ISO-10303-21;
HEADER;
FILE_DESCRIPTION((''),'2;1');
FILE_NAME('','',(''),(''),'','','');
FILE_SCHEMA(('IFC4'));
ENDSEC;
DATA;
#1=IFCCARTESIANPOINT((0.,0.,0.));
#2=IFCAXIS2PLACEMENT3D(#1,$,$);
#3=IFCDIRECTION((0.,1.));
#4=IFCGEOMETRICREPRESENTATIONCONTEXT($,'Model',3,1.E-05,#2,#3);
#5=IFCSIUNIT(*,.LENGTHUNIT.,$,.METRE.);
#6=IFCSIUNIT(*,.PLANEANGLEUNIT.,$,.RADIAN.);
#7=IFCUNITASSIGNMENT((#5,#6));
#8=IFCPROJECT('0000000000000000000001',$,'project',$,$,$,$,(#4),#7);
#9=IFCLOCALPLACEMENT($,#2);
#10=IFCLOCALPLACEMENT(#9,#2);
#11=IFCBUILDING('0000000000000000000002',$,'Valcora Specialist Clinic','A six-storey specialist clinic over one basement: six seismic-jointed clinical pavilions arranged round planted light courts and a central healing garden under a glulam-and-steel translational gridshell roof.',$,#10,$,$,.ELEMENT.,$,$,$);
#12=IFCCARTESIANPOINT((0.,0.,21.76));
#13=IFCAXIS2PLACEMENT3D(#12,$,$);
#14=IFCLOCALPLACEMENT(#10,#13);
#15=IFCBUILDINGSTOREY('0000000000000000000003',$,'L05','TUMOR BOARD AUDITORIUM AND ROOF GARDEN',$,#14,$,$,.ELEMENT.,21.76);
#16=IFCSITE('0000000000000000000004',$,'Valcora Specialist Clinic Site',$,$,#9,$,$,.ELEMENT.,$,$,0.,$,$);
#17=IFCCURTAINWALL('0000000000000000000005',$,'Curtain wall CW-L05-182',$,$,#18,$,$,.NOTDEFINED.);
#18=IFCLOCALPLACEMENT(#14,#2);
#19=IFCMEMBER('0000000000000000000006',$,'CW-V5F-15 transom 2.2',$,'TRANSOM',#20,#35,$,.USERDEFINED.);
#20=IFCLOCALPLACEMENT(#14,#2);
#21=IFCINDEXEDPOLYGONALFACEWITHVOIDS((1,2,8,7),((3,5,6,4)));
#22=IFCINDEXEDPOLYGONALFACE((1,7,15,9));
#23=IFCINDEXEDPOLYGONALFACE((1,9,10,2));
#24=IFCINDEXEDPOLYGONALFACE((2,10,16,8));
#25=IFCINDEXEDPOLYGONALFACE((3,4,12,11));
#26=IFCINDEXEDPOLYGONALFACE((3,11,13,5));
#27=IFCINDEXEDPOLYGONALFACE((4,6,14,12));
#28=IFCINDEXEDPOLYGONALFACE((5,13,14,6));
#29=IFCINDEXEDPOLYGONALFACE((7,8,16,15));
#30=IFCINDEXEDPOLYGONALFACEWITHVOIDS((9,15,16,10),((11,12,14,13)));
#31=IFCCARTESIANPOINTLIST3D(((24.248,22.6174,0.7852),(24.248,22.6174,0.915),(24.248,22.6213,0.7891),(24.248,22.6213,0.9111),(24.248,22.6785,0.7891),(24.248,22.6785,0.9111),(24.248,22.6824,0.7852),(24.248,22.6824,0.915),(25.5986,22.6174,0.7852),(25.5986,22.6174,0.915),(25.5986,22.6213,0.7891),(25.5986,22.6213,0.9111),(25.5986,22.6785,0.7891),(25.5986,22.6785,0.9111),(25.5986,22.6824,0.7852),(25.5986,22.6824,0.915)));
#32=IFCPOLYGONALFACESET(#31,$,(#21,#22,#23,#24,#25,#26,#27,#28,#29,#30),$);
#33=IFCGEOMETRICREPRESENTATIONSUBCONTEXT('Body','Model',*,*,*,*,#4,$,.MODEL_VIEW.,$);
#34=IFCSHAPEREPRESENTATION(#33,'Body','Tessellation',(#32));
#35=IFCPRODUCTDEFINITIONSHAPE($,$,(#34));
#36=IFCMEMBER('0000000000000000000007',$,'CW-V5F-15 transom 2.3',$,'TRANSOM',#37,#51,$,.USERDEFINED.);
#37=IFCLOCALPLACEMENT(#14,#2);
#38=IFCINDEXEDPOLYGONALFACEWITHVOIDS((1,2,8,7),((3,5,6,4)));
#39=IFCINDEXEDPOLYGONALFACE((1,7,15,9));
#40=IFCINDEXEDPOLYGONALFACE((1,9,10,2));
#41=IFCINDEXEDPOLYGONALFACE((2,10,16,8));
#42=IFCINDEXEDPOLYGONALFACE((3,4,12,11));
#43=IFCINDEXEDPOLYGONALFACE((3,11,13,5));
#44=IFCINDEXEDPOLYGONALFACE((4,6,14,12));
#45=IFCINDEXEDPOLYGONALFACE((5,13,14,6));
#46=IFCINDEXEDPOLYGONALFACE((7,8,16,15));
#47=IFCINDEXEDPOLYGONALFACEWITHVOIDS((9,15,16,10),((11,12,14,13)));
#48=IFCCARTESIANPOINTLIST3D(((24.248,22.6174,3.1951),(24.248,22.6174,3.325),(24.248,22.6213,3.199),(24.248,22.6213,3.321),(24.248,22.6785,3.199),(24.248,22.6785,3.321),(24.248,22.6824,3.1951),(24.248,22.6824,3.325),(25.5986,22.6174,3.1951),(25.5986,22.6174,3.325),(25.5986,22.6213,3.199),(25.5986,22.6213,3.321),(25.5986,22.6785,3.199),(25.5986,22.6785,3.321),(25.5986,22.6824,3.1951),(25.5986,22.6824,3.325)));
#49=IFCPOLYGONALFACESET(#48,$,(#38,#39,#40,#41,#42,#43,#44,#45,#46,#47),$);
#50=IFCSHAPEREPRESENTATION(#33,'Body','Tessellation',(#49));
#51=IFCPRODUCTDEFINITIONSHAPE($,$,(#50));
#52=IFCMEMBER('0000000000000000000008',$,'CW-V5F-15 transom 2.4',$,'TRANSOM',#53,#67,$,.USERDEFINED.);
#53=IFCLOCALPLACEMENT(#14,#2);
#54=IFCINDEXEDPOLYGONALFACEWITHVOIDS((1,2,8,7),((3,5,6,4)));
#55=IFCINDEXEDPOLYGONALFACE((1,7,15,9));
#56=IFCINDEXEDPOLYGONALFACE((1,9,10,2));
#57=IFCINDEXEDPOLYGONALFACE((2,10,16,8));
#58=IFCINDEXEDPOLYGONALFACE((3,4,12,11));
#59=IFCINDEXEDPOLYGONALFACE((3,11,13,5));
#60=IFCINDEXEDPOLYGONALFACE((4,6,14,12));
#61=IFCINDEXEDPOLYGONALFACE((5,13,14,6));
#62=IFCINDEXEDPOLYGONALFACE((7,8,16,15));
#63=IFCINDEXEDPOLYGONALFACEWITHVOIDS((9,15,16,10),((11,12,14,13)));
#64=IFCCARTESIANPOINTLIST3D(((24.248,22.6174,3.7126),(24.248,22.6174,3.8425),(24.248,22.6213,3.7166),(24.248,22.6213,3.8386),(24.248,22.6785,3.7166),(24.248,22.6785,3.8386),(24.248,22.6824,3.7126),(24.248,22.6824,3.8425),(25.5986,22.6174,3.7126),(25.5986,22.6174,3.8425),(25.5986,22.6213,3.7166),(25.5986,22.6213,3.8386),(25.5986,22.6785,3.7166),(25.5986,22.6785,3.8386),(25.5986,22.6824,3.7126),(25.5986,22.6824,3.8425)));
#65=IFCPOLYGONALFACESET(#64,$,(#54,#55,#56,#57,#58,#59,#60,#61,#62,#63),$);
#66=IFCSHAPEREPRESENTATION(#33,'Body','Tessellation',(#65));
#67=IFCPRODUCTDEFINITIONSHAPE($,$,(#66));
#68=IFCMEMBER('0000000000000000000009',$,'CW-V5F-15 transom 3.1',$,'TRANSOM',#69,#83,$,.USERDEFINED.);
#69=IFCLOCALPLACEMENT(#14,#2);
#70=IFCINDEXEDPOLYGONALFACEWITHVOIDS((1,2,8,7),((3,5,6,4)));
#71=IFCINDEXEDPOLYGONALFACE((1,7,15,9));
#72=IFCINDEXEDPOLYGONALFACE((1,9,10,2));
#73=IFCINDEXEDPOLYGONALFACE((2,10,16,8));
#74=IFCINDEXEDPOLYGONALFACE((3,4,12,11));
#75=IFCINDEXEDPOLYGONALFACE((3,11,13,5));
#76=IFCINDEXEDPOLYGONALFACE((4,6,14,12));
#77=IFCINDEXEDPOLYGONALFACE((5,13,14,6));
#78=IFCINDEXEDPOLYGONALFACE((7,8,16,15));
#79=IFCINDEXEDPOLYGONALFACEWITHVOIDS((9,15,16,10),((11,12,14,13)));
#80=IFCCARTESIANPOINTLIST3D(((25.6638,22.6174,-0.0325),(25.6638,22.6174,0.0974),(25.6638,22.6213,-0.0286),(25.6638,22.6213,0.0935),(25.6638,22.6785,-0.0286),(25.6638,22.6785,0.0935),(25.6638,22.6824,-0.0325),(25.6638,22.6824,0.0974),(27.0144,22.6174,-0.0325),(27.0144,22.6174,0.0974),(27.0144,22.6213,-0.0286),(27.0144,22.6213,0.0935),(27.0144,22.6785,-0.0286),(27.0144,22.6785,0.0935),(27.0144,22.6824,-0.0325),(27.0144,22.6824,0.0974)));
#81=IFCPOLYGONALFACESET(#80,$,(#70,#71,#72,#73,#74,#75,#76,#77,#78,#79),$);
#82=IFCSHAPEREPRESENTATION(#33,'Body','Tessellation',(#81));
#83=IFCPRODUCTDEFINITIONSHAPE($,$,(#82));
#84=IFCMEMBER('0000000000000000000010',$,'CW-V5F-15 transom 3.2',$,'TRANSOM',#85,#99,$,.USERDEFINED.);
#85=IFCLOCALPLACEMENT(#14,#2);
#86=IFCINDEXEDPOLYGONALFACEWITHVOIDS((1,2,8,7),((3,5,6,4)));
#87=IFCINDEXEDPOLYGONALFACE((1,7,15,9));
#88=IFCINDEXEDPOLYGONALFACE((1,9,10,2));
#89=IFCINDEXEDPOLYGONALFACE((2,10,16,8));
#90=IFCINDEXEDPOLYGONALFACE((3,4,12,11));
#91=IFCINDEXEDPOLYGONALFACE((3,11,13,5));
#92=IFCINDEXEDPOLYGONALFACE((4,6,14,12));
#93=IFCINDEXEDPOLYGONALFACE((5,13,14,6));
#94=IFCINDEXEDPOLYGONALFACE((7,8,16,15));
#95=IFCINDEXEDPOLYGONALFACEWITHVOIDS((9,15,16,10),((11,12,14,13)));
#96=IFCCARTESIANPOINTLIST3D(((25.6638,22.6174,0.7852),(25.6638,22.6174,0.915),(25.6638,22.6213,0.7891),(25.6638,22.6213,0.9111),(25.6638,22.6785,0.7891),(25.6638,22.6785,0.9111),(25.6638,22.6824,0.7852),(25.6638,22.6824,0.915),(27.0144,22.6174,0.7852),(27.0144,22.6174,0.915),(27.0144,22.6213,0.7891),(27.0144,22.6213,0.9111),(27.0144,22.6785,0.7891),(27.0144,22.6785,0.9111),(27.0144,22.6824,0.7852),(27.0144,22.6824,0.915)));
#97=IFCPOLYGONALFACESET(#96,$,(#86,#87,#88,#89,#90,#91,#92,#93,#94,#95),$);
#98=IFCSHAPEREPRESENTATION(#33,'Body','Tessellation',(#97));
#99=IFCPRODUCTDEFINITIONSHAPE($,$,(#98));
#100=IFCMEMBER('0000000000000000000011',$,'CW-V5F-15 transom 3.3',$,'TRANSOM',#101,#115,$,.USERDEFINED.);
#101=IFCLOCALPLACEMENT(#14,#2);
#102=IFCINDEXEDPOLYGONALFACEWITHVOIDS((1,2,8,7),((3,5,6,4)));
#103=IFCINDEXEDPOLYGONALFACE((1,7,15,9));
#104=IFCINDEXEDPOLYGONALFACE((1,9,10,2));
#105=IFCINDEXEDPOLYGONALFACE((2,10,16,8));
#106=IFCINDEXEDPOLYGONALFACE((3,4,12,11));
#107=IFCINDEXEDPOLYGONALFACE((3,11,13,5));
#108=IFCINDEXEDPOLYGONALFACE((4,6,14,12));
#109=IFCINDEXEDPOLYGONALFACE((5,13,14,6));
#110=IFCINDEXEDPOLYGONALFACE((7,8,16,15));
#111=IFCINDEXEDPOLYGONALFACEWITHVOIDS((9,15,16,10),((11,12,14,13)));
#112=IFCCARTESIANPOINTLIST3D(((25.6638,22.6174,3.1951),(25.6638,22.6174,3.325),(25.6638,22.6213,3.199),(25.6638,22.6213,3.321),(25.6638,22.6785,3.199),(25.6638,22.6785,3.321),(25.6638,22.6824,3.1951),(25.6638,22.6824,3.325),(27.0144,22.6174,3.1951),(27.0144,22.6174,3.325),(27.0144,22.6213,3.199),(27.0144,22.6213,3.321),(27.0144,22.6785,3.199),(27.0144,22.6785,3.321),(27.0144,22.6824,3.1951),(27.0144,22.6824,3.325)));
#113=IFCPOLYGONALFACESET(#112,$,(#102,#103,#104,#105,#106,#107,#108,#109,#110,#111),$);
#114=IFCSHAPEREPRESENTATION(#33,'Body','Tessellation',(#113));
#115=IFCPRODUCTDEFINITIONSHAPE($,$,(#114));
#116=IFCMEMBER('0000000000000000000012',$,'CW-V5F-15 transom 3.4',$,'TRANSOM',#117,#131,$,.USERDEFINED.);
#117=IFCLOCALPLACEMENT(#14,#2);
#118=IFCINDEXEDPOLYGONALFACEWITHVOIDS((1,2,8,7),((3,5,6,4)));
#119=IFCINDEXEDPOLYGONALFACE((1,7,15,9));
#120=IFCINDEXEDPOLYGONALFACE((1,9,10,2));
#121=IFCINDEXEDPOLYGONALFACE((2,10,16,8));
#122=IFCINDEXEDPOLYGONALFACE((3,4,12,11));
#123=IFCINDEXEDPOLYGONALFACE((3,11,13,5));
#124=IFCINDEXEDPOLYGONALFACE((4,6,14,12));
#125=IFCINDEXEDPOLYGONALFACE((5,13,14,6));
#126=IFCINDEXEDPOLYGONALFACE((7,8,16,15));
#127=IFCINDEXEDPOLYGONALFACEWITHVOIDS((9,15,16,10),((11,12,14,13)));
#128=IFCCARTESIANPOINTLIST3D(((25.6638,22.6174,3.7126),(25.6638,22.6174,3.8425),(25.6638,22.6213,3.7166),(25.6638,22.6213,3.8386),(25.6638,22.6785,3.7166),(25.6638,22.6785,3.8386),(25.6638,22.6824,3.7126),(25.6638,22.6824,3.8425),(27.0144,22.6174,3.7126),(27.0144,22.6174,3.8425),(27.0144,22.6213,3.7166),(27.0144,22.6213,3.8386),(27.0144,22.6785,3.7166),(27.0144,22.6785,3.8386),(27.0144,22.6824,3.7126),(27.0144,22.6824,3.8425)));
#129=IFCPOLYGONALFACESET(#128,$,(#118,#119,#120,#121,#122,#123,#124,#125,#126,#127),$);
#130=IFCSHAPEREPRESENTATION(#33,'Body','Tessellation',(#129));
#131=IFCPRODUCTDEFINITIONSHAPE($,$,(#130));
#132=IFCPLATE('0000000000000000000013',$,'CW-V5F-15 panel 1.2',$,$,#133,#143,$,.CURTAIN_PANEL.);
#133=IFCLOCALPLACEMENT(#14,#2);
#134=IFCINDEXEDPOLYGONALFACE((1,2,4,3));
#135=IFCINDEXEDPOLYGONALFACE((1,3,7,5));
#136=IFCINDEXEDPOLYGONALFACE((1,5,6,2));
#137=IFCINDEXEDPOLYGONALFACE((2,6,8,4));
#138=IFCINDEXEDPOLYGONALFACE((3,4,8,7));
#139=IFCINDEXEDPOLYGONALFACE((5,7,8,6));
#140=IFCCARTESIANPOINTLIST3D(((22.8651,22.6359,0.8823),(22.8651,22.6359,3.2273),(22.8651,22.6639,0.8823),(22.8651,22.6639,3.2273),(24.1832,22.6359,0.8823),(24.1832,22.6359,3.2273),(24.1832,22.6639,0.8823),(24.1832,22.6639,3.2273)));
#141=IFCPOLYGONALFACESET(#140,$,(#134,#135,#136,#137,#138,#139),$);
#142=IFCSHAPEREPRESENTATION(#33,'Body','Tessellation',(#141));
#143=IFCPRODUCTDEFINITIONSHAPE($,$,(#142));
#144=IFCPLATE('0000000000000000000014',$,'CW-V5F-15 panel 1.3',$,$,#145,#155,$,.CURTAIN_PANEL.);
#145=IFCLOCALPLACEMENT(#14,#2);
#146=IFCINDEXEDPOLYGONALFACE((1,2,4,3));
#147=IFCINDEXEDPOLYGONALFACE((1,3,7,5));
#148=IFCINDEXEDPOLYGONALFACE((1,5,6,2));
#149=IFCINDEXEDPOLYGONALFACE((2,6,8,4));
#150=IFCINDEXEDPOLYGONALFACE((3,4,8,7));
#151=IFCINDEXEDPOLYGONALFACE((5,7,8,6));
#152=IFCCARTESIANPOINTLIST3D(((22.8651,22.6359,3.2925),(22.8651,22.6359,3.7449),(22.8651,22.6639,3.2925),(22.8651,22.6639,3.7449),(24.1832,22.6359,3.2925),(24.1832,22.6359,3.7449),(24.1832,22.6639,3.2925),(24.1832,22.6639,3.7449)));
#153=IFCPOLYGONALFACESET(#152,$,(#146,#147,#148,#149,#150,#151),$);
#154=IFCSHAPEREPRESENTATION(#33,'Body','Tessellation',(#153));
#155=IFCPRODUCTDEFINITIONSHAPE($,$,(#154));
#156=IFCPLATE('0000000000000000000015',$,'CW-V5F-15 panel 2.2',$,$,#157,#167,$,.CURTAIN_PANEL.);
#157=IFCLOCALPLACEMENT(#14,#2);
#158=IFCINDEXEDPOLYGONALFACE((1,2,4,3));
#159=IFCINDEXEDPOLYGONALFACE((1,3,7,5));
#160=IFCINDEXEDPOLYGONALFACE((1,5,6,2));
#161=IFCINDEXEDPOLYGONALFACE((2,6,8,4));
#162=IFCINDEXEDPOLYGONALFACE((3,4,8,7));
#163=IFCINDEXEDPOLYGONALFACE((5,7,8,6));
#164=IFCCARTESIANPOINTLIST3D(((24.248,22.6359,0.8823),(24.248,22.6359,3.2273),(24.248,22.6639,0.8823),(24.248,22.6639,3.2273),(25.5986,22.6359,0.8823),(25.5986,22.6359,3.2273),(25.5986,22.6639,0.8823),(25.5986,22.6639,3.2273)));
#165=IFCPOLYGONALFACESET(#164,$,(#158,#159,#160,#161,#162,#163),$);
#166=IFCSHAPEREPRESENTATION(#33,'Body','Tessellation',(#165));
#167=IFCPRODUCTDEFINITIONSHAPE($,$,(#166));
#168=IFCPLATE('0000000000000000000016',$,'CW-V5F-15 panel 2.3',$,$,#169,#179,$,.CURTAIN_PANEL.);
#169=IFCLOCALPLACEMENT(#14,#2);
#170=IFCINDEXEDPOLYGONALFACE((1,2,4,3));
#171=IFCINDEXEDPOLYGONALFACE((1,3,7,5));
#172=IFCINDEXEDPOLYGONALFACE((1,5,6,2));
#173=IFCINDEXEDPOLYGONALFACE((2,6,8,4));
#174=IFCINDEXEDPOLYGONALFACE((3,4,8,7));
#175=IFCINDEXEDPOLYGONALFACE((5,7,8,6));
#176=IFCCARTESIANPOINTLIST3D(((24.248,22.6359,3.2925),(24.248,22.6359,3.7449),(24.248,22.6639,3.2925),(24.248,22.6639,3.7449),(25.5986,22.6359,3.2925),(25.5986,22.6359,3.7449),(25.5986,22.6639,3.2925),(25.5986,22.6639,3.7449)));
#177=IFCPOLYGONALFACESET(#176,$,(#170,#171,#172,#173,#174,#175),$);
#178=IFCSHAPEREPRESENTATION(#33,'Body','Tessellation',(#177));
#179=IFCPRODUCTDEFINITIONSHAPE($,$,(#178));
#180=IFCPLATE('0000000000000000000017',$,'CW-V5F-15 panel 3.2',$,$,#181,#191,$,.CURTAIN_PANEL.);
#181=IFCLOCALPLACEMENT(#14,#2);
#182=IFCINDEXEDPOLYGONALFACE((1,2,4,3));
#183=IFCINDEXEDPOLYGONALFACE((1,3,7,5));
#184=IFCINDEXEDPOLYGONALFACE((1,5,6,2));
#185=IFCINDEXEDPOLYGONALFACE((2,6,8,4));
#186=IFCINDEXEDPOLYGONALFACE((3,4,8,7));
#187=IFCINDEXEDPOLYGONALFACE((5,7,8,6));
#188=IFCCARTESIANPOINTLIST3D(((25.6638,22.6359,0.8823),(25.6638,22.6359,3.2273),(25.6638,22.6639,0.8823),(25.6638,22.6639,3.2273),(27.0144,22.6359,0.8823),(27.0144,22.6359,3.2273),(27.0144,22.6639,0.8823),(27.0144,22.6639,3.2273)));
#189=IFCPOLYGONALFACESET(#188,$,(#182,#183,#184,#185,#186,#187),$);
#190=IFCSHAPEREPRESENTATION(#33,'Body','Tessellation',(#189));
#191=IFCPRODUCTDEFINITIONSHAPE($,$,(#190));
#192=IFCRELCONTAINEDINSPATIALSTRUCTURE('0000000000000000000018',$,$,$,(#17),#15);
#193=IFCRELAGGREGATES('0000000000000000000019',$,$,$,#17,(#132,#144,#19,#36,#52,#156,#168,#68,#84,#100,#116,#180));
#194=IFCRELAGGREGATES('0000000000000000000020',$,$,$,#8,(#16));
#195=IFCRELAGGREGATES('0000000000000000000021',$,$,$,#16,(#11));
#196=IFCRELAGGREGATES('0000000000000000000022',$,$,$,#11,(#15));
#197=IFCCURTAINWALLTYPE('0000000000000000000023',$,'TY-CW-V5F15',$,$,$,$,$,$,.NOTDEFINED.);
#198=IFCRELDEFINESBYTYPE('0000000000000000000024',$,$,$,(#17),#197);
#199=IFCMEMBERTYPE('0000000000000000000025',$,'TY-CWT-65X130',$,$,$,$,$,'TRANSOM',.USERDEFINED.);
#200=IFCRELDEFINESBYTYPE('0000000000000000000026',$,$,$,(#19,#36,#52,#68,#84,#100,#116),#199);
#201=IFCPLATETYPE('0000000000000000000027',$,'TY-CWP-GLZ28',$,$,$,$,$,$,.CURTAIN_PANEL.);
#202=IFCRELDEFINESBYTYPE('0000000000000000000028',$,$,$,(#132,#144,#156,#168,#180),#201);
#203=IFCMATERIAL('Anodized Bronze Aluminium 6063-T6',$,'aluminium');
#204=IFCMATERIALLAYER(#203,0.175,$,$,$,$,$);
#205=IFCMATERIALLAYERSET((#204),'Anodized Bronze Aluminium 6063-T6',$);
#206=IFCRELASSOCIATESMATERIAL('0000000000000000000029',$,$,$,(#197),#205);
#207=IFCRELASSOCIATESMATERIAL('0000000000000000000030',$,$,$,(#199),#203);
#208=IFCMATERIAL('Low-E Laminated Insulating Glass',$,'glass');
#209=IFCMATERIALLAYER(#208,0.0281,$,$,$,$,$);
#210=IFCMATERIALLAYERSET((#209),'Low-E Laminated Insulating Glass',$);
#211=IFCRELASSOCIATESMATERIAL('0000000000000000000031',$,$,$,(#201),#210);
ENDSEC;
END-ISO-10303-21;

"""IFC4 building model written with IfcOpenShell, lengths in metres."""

from ifc_helpers import new_model, si_unit, direction, frame, origin, origin_2d, place, context, subcontext, project, spatial, rectangle, hollow_rectangle, extrude, material, layer, layer_set, material_profile, profile_set, type_object, element, aggregate, save


model = new_model("IFC4")

# Units and contexts
model_context = context("Model", 3, precision=1e-05, world=origin(), true_north=direction((0.0, 1.0)))
body_context = subcontext(model_context, "Body", "Model", "MODEL_VIEW")
ifc_project = project(units=[si_unit("LENGTHUNIT", "METRE"), si_unit("PLANEANGLEUNIT", "RADIAN")], contexts=[model_context])

# Site, building, storey
site_placement = place(None, origin())
site = spatial("IfcSite", under=ifc_project, at=site_placement, Name="Valcora Specialist Clinic Site", CompositionType="ELEMENT", RefElevation=0.0)
building_placement = place(site_placement, origin())
building = spatial("IfcBuilding", under=site, at=building_placement, Name="Valcora Specialist Clinic", Description="A six-storey specialist clinic over one basement: six seismic-jointed clinical pavilions arranged round planted light courts and a central healing garden under a glulam-and-steel translational gridshell roof.", CompositionType="ELEMENT")
storey_placement = place(building_placement, frame((0.0, 0.0, 21.76)))
storey = spatial("IfcBuildingStorey", under=building, at=storey_placement, Name="L05", Description="TUMOR BOARD AUDITORIUM AND ROOF GARDEN", CompositionType="ELEMENT", Elevation=21.76)

# Shared definitions
ifc_material_1 = material(Name="Anodized Bronze Aluminium 6063-T6", Category="aluminium")
ifc_layer_1 = layer(ifc_material_1, 0.175)
ifc_layer_set_1 = layer_set([ifc_layer_1], Name="Anodized Bronze Aluminium 6063-T6")
curtain_wall_type = type_object("IfcCurtainWallType", Name="TY-CW-V5F15", PredefinedType="NOTDEFINED", material=ifc_layer_set_1)

# Curtain wall
curtain_wall_1_placement = place(storey_placement, origin())
curtain_wall_1 = element("IfcCurtainWall", 1, at=curtain_wall_1_placement, inside=storey, type_object=curtain_wall_type, Name="Curtain wall CW-L05-182", PredefinedType="NOTDEFINED")

# Members
ifc_material_profile_1 = material_profile(ifc_material_1, hollow_rectangle(XDim=0.0649, YDim=0.1299, WallThickness=0.0039, at=origin_2d()), Name="AL-TRN-65X130")
ifc_profile_set_1 = profile_set([ifc_material_profile_1], Name="Anodized Bronze Aluminium 6063-T6")
member_type_1 = type_object("IfcMemberType", Name="TY-CWT-65X130", ElementType="TRANSOM", PredefinedType="USERDEFINED", material=ifc_profile_set_1)
member_1_placement = place(storey_placement, frame((24.248, 22.6499, 0.8501), z_axis=(1.0, 0.0, 0.0), x_axis=(0.0, 1.0, 0.0)))
member_1 = element("IfcMember", 2, at=member_1_placement, type_object=member_type_1, Name="CW-V5F-15 transom 2.2", ObjectType="TRANSOM", PredefinedType="USERDEFINED", context=body_context, shape_type="SweptSolid", body=[
    extrude(hollow_rectangle(XDim=0.0649, YDim=0.1299, WallThickness=0.0039, at=origin_2d()), origin(), (0.0, 0.0, 1.0), 1.3506),
])
member_2_placement = place(storey_placement, frame((24.248, 22.6499, 3.26), z_axis=(1.0, 0.0, 0.0), x_axis=(0.0, 1.0, 0.0)))
member_2 = element("IfcMember", 3, at=member_2_placement, type_object=member_type_1, Name="CW-V5F-15 transom 2.3", ObjectType="TRANSOM", PredefinedType="USERDEFINED", context=body_context, shape_type="SweptSolid", body=[
    extrude(hollow_rectangle(XDim=0.0649, YDim=0.1299, WallThickness=0.0039, at=origin_2d()), origin(), (0.0, 0.0, 1.0), 1.3506),
])
member_3_placement = place(storey_placement, frame((24.248, 22.6499, 3.7776), z_axis=(1.0, 0.0, 0.0), x_axis=(0.0, 1.0, 0.0)))
member_3 = element("IfcMember", 4, at=member_3_placement, type_object=member_type_1, Name="CW-V5F-15 transom 2.4", ObjectType="TRANSOM", PredefinedType="USERDEFINED", context=body_context, shape_type="SweptSolid", body=[
    extrude(hollow_rectangle(XDim=0.0649, YDim=0.1299, WallThickness=0.0039, at=origin_2d()), origin(), (0.0, 0.0, 1.0), 1.3506),
])
member_4_placement = place(storey_placement, frame((25.6638, 22.6499, 0.0325), z_axis=(1.0, 0.0, 0.0), x_axis=(0.0, 1.0, 0.0)))
member_4 = element("IfcMember", 5, at=member_4_placement, type_object=member_type_1, Name="CW-V5F-15 transom 3.1", ObjectType="TRANSOM", PredefinedType="USERDEFINED", context=body_context, shape_type="SweptSolid", body=[
    extrude(hollow_rectangle(XDim=0.0649, YDim=0.1299, WallThickness=0.0039, at=origin_2d()), origin(), (0.0, 0.0, 1.0), 1.3506),
])
member_5_placement = place(storey_placement, frame((25.6638, 22.6499, 0.8501), z_axis=(1.0, 0.0, 0.0), x_axis=(0.0, 1.0, 0.0)))
member_5 = element("IfcMember", 6, at=member_5_placement, type_object=member_type_1, Name="CW-V5F-15 transom 3.2", ObjectType="TRANSOM", PredefinedType="USERDEFINED", context=body_context, shape_type="SweptSolid", body=[
    extrude(hollow_rectangle(XDim=0.0649, YDim=0.1299, WallThickness=0.0039, at=origin_2d()), origin(), (0.0, 0.0, 1.0), 1.3506),
])
member_6_placement = place(storey_placement, frame((25.6638, 22.6499, 3.26), z_axis=(1.0, 0.0, 0.0), x_axis=(0.0, 1.0, 0.0)))
member_6 = element("IfcMember", 7, at=member_6_placement, type_object=member_type_1, Name="CW-V5F-15 transom 3.3", ObjectType="TRANSOM", PredefinedType="USERDEFINED", context=body_context, shape_type="SweptSolid", body=[
    extrude(hollow_rectangle(XDim=0.0649, YDim=0.1299, WallThickness=0.0039, at=origin_2d()), origin(), (0.0, 0.0, 1.0), 1.3506),
])
member_7_placement = place(storey_placement, frame((25.6638, 22.6499, 3.7776), z_axis=(1.0, 0.0, 0.0), x_axis=(0.0, 1.0, 0.0)))
member_7 = element("IfcMember", 8, at=member_7_placement, type_object=member_type_1, Name="CW-V5F-15 transom 3.4", ObjectType="TRANSOM", PredefinedType="USERDEFINED", context=body_context, shape_type="SweptSolid", body=[
    extrude(hollow_rectangle(XDim=0.0649, YDim=0.1299, WallThickness=0.0039, at=origin_2d()), origin(), (0.0, 0.0, 1.0), 1.3506),
])

# Plates
ifc_material_2 = material(Name="Low-E Laminated Insulating Glass", Category="glass")
ifc_layer_2 = layer(ifc_material_2, 0.0281)
ifc_layer_set_2 = layer_set([ifc_layer_2], Name="Low-E Laminated Insulating Glass")
plate_type_1 = type_object("IfcPlateType", Name="TY-CWP-GLZ28", PredefinedType="CURTAIN_PANEL", material=ifc_layer_set_2)
plate_1_placement = place(storey_placement, frame((23.5242, 22.6499, 0.8823), z_axis=(0.0, 0.0, 1.0), x_axis=(1.0, 0.0, 0.0)))
plate_1 = element("IfcPlate", 9, at=plate_1_placement, type_object=plate_type_1, Name="CW-V5F-15 panel 1.2", PredefinedType="CURTAIN_PANEL", context=body_context, shape_type="SweptSolid", body=[
    extrude(rectangle(XDim=1.3181, YDim=0.0281, at=origin_2d()), origin(), (0.0, 0.0, 1.0), 2.345),
])
plate_2_placement = place(storey_placement, frame((23.5242, 22.6499, 3.2925), z_axis=(0.0, 0.0, 1.0), x_axis=(1.0, 0.0, 0.0)))
plate_2 = element("IfcPlate", 10, at=plate_2_placement, type_object=plate_type_1, Name="CW-V5F-15 panel 1.3", PredefinedType="CURTAIN_PANEL", context=body_context, shape_type="SweptSolid", body=[
    extrude(rectangle(XDim=1.3181, YDim=0.0281, at=origin_2d()), origin(), (0.0, 0.0, 1.0), 0.4524),
])
plate_3_placement = place(storey_placement, frame((24.9233, 22.6499, 0.8823), z_axis=(0.0, 0.0, 1.0), x_axis=(1.0, 0.0, 0.0)))
plate_3 = element("IfcPlate", 11, at=plate_3_placement, type_object=plate_type_1, Name="CW-V5F-15 panel 2.2", PredefinedType="CURTAIN_PANEL", context=body_context, shape_type="SweptSolid", body=[
    extrude(rectangle(XDim=1.3506, YDim=0.0281, at=origin_2d()), origin(), (0.0, 0.0, 1.0), 2.345),
])
plate_4_placement = place(storey_placement, frame((24.9233, 22.6499, 3.2925), z_axis=(0.0, 0.0, 1.0), x_axis=(1.0, 0.0, 0.0)))
plate_4 = element("IfcPlate", 12, at=plate_4_placement, type_object=plate_type_1, Name="CW-V5F-15 panel 2.3", PredefinedType="CURTAIN_PANEL", context=body_context, shape_type="SweptSolid", body=[
    extrude(rectangle(XDim=1.3506, YDim=0.0281, at=origin_2d()), origin(), (0.0, 0.0, 1.0), 0.4524),
])
plate_5_placement = place(storey_placement, frame((26.3391, 22.6499, 0.8823), z_axis=(0.0, 0.0, 1.0), x_axis=(1.0, 0.0, 0.0)))
plate_5 = element("IfcPlate", 13, at=plate_5_placement, type_object=plate_type_1, Name="CW-V5F-15 panel 3.2", PredefinedType="CURTAIN_PANEL", context=body_context, shape_type="SweptSolid", body=[
    extrude(rectangle(XDim=1.3506, YDim=0.0281, at=origin_2d()), origin(), (0.0, 0.0, 1.0), 2.345),
])
aggregate(curtain_wall_1, [plate_1, plate_2, member_1, member_2, member_3, plate_3, plate_4, member_4, member_5, member_6, member_7, plate_5])

save(model, "model.ifc")
